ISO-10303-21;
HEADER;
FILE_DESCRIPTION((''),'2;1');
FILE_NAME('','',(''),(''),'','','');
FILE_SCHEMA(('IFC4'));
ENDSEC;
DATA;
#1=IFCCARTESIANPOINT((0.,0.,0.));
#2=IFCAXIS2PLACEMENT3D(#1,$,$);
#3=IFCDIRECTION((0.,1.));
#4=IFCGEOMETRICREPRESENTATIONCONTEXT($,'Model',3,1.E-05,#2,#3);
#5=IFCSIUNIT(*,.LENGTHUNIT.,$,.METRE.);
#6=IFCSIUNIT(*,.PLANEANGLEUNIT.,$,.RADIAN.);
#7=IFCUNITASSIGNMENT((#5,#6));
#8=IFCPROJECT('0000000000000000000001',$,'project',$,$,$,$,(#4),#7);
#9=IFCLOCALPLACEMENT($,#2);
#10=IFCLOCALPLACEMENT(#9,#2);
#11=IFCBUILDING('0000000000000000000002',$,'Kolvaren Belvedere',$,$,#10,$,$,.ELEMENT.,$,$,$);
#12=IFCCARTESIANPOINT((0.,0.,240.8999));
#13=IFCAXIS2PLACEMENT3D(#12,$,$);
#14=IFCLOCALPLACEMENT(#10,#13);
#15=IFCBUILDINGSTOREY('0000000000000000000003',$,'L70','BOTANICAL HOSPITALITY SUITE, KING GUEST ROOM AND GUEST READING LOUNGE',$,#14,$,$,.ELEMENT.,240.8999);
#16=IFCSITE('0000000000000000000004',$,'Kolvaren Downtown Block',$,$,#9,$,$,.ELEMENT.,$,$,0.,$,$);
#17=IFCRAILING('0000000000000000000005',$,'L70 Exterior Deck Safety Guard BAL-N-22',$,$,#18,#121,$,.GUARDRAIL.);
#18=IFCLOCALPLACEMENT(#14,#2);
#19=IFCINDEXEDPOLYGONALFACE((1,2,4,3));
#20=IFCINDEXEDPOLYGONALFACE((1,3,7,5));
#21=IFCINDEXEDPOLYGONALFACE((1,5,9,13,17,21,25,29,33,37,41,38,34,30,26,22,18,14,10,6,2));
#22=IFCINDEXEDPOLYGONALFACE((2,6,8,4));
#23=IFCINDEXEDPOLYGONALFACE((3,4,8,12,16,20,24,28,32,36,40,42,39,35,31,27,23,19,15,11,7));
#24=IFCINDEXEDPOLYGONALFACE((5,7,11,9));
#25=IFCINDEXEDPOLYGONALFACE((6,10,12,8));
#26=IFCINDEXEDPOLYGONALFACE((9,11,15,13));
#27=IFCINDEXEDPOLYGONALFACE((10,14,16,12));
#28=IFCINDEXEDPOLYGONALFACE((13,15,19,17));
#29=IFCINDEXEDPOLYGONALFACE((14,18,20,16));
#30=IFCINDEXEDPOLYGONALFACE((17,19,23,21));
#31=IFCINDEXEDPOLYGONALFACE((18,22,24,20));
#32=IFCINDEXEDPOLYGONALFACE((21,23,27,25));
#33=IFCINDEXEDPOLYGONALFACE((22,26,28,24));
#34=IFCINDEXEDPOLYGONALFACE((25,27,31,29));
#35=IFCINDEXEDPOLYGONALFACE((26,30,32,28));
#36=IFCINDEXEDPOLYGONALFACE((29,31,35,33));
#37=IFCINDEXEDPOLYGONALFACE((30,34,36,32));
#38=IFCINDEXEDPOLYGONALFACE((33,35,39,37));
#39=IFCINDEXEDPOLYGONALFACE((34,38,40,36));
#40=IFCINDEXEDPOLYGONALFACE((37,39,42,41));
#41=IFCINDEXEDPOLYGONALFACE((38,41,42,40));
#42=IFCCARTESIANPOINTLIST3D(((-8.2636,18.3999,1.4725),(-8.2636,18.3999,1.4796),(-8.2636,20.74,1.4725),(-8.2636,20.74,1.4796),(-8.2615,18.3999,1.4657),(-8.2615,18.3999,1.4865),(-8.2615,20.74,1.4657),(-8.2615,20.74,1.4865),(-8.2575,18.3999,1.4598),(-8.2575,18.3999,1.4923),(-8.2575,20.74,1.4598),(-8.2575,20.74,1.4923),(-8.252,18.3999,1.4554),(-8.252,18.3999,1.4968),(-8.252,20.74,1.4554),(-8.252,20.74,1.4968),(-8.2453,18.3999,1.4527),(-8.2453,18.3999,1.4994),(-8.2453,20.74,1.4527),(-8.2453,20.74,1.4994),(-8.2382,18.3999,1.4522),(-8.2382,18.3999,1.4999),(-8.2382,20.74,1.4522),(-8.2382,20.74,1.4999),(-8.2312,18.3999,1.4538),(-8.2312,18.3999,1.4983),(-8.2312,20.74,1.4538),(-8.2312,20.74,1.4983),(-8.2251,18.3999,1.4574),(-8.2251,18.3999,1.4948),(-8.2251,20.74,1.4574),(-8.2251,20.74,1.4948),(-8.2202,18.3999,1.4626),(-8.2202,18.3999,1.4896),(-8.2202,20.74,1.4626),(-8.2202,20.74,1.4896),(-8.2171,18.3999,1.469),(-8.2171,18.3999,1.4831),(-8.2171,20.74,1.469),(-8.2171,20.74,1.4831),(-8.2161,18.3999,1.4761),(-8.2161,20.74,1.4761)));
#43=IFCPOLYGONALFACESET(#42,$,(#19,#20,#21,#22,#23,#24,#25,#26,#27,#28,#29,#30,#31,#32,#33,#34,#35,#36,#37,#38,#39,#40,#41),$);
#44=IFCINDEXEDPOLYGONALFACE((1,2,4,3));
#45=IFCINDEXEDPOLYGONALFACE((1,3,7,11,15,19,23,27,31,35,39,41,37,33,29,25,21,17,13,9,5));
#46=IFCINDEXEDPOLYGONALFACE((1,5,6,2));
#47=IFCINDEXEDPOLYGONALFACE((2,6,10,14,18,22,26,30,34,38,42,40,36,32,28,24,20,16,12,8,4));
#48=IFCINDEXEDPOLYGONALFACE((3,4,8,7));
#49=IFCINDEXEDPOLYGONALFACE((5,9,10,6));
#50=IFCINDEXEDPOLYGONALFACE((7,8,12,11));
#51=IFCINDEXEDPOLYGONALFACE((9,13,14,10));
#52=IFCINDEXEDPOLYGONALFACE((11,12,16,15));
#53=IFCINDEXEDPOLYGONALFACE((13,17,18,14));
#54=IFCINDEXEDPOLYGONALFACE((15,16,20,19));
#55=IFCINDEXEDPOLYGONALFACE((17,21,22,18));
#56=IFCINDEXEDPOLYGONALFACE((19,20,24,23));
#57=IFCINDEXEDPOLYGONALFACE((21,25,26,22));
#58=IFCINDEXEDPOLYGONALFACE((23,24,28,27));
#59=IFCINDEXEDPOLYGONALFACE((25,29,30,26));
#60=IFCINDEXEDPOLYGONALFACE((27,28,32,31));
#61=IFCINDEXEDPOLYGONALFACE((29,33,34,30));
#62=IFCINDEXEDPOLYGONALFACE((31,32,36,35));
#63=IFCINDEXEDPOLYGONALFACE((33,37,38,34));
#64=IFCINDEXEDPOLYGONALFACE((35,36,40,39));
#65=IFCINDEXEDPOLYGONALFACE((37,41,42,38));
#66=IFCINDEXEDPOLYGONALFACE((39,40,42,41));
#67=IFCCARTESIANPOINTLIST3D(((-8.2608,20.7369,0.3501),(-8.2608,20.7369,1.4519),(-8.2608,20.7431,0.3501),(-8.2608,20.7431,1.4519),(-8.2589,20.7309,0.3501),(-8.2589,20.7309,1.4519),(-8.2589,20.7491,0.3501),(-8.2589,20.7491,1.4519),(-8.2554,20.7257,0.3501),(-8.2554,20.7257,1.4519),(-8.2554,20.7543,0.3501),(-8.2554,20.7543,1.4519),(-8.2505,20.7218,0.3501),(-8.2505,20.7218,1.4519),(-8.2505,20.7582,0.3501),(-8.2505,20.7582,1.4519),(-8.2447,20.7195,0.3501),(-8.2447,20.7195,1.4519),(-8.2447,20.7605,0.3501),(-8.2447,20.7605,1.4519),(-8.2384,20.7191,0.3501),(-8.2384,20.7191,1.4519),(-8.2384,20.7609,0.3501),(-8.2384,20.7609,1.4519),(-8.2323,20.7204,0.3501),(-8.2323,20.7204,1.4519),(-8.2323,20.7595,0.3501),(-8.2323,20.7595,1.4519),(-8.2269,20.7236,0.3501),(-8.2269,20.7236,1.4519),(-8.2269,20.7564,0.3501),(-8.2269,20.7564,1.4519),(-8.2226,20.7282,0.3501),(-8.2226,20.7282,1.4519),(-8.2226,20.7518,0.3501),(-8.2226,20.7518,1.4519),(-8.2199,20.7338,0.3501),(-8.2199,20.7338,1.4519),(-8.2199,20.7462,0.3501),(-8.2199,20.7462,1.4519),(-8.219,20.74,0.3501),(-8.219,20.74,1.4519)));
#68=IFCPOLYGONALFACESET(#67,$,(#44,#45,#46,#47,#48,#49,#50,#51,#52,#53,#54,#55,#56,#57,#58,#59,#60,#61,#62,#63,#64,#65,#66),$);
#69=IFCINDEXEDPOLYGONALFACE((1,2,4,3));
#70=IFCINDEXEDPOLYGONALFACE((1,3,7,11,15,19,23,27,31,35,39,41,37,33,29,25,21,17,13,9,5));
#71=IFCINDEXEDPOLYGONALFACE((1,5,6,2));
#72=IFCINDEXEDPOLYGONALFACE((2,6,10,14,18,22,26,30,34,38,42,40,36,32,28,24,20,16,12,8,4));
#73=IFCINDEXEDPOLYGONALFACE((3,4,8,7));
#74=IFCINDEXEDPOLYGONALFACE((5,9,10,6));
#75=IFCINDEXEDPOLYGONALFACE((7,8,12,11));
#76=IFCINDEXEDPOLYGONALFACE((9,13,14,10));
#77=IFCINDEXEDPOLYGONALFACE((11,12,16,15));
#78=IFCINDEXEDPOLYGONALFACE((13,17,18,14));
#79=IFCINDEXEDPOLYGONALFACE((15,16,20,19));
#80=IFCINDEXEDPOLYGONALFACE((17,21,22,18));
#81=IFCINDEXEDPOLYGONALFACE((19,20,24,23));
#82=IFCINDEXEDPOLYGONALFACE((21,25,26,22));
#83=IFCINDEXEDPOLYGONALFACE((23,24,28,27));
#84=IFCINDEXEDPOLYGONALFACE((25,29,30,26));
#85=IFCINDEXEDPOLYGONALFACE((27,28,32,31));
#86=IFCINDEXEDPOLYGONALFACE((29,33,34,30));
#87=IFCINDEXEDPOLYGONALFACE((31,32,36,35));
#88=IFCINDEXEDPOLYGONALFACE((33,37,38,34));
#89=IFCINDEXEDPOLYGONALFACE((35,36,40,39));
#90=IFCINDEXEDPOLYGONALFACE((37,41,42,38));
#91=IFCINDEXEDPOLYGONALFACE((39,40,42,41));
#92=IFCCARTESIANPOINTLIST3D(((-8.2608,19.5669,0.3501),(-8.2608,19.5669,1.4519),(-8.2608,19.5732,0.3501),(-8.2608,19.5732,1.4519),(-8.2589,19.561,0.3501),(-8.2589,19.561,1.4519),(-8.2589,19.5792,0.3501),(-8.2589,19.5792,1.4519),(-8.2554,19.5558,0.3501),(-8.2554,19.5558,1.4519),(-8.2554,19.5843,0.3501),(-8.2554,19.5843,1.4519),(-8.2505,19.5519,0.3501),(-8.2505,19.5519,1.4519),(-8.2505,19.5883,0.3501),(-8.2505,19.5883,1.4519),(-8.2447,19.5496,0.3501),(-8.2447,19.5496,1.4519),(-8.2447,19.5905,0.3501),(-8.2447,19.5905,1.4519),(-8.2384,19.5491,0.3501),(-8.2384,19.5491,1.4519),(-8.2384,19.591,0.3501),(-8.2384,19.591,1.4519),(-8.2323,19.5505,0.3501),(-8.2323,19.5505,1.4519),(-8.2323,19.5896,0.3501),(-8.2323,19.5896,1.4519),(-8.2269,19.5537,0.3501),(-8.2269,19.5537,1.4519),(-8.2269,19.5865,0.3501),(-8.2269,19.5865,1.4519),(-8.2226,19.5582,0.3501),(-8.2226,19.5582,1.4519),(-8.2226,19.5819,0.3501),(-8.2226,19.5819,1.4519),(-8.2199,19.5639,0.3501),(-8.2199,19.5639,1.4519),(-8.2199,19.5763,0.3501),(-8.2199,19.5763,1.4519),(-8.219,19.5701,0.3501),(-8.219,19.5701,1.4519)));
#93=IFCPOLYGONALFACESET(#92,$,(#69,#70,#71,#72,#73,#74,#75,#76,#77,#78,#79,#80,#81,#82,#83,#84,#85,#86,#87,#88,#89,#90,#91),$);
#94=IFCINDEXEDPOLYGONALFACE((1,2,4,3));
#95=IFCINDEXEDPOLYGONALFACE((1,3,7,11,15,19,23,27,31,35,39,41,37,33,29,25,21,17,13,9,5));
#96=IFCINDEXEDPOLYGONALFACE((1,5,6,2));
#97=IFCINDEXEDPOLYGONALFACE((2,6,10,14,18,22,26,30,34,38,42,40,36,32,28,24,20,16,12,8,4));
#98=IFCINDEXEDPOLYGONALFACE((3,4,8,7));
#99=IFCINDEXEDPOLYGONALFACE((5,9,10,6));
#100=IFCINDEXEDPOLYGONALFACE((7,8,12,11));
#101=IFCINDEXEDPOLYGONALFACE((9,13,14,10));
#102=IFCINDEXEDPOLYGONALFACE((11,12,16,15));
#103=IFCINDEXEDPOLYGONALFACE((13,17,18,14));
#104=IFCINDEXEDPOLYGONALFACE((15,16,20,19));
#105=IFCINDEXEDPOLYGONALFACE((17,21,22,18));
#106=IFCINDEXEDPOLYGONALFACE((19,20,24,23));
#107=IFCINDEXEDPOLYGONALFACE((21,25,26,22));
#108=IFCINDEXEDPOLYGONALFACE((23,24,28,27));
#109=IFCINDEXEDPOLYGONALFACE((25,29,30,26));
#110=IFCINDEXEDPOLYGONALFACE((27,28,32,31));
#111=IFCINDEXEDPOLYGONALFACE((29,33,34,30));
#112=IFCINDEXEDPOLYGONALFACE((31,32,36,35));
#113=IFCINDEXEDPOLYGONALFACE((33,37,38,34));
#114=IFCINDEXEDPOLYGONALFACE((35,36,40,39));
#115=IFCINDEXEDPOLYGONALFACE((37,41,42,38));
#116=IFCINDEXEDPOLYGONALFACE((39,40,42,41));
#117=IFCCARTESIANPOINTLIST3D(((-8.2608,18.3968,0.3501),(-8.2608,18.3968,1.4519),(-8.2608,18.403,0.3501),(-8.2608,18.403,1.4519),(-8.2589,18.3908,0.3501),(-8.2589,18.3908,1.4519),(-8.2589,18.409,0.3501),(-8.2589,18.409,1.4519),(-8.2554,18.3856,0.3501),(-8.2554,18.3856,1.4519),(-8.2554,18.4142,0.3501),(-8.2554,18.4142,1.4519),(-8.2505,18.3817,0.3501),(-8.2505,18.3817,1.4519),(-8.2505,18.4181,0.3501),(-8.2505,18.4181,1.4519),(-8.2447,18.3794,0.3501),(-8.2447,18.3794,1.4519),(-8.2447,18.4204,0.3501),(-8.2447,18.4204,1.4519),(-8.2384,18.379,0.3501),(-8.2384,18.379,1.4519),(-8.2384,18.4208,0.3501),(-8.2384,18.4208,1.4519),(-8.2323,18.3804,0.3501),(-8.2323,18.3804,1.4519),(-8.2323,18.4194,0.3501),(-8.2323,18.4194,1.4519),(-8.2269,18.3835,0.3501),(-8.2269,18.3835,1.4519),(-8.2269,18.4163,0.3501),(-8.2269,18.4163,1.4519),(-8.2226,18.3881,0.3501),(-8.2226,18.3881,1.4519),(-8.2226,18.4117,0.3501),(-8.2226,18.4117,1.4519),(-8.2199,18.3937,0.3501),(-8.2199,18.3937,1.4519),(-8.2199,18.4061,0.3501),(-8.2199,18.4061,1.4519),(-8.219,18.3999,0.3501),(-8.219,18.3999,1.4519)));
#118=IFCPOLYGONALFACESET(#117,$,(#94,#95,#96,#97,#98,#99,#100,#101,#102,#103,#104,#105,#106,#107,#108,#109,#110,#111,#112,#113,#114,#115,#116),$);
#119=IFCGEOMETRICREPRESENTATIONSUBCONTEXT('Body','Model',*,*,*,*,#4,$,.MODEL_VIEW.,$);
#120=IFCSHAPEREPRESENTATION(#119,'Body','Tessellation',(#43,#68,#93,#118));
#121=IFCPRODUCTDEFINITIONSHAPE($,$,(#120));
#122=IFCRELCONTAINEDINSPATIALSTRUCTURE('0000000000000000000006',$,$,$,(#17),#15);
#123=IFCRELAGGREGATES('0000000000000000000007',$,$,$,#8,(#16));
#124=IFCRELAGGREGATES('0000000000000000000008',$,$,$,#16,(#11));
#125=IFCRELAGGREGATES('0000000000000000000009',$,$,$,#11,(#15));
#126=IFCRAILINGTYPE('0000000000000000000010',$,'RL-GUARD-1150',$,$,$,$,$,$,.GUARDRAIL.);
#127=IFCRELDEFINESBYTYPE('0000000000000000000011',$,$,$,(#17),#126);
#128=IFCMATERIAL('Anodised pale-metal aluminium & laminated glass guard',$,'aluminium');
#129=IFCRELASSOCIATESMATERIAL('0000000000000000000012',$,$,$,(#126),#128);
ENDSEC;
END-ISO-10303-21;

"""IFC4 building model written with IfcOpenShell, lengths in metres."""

from ifc_helpers import new_model, si_unit, direction, frame, origin, origin_2d, place, context, subcontext, project, spatial, circle, extrude, material, type_object, element, save


model = new_model("IFC4")

# Units and contexts
model_context = context("Model", 3, precision=1e-05, world=origin(), true_north=direction((0.0, 1.0)))
body_context = subcontext(model_context, "Body", "Model", "MODEL_VIEW")
ifc_project = project(units=[si_unit("LENGTHUNIT", "METRE"), si_unit("PLANEANGLEUNIT", "RADIAN")], contexts=[model_context])

# Site, building, storey
site_placement = place(None, origin())
site = spatial("IfcSite", under=ifc_project, at=site_placement, Name="Kolvaren Downtown Block", CompositionType="ELEMENT", RefElevation=0.0)
building_placement = place(site_placement, origin())
building = spatial("IfcBuilding", under=site, at=building_placement, Name="Kolvaren Belvedere", CompositionType="ELEMENT")
storey_placement = place(building_placement, frame((0.0, 0.0, 240.8999)))
storey = spatial("IfcBuildingStorey", under=building, at=storey_placement, Name="L70", Description="BOTANICAL HOSPITALITY SUITE, KING GUEST ROOM AND GUEST READING LOUNGE", CompositionType="ELEMENT", Elevation=240.8999)

# Railing
ifc_material_1 = material(Name="Anodised pale-metal aluminium & laminated glass guard", Category="aluminium")
railing_type = type_object("IfcRailingType", Name="RL-GUARD-1150", PredefinedType="GUARDRAIL", material=ifc_material_1)
railing_1_placement = place(storey_placement, frame((-8.24, 20.74, 0.3501)))
element("IfcRailing", 1, at=railing_1_placement, inside=storey, type_object=railing_type, Name="L70 Exterior Deck Safety Guard BAL-N-22", PredefinedType="GUARDRAIL", context=body_context, shape_type="SweptSolid", body=[
    extrude(circle(Radius=0.0239, at=origin_2d()), frame((0.0, 0.0, 1.126), z_axis=(0.0, -1.0, 0.0), x_axis=(1.0, 0.0, 0.0)), (0.0, 0.0, 1.0), 2.3401),
    extrude(circle(Radius=0.021, at=origin_2d()), origin(), (0.0, 0.0, 1.0), 1.1018),
    extrude(circle(Radius=0.021, at=origin_2d()), frame((0.0, -1.1699, 0.0)), (0.0, 0.0, 1.0), 1.1018),
    extrude(circle(Radius=0.021, at=origin_2d()), frame((0.0, -2.3401, 0.0)), (0.0, 0.0, 1.0), 1.1018),
])

save(model, "model.ifc")
